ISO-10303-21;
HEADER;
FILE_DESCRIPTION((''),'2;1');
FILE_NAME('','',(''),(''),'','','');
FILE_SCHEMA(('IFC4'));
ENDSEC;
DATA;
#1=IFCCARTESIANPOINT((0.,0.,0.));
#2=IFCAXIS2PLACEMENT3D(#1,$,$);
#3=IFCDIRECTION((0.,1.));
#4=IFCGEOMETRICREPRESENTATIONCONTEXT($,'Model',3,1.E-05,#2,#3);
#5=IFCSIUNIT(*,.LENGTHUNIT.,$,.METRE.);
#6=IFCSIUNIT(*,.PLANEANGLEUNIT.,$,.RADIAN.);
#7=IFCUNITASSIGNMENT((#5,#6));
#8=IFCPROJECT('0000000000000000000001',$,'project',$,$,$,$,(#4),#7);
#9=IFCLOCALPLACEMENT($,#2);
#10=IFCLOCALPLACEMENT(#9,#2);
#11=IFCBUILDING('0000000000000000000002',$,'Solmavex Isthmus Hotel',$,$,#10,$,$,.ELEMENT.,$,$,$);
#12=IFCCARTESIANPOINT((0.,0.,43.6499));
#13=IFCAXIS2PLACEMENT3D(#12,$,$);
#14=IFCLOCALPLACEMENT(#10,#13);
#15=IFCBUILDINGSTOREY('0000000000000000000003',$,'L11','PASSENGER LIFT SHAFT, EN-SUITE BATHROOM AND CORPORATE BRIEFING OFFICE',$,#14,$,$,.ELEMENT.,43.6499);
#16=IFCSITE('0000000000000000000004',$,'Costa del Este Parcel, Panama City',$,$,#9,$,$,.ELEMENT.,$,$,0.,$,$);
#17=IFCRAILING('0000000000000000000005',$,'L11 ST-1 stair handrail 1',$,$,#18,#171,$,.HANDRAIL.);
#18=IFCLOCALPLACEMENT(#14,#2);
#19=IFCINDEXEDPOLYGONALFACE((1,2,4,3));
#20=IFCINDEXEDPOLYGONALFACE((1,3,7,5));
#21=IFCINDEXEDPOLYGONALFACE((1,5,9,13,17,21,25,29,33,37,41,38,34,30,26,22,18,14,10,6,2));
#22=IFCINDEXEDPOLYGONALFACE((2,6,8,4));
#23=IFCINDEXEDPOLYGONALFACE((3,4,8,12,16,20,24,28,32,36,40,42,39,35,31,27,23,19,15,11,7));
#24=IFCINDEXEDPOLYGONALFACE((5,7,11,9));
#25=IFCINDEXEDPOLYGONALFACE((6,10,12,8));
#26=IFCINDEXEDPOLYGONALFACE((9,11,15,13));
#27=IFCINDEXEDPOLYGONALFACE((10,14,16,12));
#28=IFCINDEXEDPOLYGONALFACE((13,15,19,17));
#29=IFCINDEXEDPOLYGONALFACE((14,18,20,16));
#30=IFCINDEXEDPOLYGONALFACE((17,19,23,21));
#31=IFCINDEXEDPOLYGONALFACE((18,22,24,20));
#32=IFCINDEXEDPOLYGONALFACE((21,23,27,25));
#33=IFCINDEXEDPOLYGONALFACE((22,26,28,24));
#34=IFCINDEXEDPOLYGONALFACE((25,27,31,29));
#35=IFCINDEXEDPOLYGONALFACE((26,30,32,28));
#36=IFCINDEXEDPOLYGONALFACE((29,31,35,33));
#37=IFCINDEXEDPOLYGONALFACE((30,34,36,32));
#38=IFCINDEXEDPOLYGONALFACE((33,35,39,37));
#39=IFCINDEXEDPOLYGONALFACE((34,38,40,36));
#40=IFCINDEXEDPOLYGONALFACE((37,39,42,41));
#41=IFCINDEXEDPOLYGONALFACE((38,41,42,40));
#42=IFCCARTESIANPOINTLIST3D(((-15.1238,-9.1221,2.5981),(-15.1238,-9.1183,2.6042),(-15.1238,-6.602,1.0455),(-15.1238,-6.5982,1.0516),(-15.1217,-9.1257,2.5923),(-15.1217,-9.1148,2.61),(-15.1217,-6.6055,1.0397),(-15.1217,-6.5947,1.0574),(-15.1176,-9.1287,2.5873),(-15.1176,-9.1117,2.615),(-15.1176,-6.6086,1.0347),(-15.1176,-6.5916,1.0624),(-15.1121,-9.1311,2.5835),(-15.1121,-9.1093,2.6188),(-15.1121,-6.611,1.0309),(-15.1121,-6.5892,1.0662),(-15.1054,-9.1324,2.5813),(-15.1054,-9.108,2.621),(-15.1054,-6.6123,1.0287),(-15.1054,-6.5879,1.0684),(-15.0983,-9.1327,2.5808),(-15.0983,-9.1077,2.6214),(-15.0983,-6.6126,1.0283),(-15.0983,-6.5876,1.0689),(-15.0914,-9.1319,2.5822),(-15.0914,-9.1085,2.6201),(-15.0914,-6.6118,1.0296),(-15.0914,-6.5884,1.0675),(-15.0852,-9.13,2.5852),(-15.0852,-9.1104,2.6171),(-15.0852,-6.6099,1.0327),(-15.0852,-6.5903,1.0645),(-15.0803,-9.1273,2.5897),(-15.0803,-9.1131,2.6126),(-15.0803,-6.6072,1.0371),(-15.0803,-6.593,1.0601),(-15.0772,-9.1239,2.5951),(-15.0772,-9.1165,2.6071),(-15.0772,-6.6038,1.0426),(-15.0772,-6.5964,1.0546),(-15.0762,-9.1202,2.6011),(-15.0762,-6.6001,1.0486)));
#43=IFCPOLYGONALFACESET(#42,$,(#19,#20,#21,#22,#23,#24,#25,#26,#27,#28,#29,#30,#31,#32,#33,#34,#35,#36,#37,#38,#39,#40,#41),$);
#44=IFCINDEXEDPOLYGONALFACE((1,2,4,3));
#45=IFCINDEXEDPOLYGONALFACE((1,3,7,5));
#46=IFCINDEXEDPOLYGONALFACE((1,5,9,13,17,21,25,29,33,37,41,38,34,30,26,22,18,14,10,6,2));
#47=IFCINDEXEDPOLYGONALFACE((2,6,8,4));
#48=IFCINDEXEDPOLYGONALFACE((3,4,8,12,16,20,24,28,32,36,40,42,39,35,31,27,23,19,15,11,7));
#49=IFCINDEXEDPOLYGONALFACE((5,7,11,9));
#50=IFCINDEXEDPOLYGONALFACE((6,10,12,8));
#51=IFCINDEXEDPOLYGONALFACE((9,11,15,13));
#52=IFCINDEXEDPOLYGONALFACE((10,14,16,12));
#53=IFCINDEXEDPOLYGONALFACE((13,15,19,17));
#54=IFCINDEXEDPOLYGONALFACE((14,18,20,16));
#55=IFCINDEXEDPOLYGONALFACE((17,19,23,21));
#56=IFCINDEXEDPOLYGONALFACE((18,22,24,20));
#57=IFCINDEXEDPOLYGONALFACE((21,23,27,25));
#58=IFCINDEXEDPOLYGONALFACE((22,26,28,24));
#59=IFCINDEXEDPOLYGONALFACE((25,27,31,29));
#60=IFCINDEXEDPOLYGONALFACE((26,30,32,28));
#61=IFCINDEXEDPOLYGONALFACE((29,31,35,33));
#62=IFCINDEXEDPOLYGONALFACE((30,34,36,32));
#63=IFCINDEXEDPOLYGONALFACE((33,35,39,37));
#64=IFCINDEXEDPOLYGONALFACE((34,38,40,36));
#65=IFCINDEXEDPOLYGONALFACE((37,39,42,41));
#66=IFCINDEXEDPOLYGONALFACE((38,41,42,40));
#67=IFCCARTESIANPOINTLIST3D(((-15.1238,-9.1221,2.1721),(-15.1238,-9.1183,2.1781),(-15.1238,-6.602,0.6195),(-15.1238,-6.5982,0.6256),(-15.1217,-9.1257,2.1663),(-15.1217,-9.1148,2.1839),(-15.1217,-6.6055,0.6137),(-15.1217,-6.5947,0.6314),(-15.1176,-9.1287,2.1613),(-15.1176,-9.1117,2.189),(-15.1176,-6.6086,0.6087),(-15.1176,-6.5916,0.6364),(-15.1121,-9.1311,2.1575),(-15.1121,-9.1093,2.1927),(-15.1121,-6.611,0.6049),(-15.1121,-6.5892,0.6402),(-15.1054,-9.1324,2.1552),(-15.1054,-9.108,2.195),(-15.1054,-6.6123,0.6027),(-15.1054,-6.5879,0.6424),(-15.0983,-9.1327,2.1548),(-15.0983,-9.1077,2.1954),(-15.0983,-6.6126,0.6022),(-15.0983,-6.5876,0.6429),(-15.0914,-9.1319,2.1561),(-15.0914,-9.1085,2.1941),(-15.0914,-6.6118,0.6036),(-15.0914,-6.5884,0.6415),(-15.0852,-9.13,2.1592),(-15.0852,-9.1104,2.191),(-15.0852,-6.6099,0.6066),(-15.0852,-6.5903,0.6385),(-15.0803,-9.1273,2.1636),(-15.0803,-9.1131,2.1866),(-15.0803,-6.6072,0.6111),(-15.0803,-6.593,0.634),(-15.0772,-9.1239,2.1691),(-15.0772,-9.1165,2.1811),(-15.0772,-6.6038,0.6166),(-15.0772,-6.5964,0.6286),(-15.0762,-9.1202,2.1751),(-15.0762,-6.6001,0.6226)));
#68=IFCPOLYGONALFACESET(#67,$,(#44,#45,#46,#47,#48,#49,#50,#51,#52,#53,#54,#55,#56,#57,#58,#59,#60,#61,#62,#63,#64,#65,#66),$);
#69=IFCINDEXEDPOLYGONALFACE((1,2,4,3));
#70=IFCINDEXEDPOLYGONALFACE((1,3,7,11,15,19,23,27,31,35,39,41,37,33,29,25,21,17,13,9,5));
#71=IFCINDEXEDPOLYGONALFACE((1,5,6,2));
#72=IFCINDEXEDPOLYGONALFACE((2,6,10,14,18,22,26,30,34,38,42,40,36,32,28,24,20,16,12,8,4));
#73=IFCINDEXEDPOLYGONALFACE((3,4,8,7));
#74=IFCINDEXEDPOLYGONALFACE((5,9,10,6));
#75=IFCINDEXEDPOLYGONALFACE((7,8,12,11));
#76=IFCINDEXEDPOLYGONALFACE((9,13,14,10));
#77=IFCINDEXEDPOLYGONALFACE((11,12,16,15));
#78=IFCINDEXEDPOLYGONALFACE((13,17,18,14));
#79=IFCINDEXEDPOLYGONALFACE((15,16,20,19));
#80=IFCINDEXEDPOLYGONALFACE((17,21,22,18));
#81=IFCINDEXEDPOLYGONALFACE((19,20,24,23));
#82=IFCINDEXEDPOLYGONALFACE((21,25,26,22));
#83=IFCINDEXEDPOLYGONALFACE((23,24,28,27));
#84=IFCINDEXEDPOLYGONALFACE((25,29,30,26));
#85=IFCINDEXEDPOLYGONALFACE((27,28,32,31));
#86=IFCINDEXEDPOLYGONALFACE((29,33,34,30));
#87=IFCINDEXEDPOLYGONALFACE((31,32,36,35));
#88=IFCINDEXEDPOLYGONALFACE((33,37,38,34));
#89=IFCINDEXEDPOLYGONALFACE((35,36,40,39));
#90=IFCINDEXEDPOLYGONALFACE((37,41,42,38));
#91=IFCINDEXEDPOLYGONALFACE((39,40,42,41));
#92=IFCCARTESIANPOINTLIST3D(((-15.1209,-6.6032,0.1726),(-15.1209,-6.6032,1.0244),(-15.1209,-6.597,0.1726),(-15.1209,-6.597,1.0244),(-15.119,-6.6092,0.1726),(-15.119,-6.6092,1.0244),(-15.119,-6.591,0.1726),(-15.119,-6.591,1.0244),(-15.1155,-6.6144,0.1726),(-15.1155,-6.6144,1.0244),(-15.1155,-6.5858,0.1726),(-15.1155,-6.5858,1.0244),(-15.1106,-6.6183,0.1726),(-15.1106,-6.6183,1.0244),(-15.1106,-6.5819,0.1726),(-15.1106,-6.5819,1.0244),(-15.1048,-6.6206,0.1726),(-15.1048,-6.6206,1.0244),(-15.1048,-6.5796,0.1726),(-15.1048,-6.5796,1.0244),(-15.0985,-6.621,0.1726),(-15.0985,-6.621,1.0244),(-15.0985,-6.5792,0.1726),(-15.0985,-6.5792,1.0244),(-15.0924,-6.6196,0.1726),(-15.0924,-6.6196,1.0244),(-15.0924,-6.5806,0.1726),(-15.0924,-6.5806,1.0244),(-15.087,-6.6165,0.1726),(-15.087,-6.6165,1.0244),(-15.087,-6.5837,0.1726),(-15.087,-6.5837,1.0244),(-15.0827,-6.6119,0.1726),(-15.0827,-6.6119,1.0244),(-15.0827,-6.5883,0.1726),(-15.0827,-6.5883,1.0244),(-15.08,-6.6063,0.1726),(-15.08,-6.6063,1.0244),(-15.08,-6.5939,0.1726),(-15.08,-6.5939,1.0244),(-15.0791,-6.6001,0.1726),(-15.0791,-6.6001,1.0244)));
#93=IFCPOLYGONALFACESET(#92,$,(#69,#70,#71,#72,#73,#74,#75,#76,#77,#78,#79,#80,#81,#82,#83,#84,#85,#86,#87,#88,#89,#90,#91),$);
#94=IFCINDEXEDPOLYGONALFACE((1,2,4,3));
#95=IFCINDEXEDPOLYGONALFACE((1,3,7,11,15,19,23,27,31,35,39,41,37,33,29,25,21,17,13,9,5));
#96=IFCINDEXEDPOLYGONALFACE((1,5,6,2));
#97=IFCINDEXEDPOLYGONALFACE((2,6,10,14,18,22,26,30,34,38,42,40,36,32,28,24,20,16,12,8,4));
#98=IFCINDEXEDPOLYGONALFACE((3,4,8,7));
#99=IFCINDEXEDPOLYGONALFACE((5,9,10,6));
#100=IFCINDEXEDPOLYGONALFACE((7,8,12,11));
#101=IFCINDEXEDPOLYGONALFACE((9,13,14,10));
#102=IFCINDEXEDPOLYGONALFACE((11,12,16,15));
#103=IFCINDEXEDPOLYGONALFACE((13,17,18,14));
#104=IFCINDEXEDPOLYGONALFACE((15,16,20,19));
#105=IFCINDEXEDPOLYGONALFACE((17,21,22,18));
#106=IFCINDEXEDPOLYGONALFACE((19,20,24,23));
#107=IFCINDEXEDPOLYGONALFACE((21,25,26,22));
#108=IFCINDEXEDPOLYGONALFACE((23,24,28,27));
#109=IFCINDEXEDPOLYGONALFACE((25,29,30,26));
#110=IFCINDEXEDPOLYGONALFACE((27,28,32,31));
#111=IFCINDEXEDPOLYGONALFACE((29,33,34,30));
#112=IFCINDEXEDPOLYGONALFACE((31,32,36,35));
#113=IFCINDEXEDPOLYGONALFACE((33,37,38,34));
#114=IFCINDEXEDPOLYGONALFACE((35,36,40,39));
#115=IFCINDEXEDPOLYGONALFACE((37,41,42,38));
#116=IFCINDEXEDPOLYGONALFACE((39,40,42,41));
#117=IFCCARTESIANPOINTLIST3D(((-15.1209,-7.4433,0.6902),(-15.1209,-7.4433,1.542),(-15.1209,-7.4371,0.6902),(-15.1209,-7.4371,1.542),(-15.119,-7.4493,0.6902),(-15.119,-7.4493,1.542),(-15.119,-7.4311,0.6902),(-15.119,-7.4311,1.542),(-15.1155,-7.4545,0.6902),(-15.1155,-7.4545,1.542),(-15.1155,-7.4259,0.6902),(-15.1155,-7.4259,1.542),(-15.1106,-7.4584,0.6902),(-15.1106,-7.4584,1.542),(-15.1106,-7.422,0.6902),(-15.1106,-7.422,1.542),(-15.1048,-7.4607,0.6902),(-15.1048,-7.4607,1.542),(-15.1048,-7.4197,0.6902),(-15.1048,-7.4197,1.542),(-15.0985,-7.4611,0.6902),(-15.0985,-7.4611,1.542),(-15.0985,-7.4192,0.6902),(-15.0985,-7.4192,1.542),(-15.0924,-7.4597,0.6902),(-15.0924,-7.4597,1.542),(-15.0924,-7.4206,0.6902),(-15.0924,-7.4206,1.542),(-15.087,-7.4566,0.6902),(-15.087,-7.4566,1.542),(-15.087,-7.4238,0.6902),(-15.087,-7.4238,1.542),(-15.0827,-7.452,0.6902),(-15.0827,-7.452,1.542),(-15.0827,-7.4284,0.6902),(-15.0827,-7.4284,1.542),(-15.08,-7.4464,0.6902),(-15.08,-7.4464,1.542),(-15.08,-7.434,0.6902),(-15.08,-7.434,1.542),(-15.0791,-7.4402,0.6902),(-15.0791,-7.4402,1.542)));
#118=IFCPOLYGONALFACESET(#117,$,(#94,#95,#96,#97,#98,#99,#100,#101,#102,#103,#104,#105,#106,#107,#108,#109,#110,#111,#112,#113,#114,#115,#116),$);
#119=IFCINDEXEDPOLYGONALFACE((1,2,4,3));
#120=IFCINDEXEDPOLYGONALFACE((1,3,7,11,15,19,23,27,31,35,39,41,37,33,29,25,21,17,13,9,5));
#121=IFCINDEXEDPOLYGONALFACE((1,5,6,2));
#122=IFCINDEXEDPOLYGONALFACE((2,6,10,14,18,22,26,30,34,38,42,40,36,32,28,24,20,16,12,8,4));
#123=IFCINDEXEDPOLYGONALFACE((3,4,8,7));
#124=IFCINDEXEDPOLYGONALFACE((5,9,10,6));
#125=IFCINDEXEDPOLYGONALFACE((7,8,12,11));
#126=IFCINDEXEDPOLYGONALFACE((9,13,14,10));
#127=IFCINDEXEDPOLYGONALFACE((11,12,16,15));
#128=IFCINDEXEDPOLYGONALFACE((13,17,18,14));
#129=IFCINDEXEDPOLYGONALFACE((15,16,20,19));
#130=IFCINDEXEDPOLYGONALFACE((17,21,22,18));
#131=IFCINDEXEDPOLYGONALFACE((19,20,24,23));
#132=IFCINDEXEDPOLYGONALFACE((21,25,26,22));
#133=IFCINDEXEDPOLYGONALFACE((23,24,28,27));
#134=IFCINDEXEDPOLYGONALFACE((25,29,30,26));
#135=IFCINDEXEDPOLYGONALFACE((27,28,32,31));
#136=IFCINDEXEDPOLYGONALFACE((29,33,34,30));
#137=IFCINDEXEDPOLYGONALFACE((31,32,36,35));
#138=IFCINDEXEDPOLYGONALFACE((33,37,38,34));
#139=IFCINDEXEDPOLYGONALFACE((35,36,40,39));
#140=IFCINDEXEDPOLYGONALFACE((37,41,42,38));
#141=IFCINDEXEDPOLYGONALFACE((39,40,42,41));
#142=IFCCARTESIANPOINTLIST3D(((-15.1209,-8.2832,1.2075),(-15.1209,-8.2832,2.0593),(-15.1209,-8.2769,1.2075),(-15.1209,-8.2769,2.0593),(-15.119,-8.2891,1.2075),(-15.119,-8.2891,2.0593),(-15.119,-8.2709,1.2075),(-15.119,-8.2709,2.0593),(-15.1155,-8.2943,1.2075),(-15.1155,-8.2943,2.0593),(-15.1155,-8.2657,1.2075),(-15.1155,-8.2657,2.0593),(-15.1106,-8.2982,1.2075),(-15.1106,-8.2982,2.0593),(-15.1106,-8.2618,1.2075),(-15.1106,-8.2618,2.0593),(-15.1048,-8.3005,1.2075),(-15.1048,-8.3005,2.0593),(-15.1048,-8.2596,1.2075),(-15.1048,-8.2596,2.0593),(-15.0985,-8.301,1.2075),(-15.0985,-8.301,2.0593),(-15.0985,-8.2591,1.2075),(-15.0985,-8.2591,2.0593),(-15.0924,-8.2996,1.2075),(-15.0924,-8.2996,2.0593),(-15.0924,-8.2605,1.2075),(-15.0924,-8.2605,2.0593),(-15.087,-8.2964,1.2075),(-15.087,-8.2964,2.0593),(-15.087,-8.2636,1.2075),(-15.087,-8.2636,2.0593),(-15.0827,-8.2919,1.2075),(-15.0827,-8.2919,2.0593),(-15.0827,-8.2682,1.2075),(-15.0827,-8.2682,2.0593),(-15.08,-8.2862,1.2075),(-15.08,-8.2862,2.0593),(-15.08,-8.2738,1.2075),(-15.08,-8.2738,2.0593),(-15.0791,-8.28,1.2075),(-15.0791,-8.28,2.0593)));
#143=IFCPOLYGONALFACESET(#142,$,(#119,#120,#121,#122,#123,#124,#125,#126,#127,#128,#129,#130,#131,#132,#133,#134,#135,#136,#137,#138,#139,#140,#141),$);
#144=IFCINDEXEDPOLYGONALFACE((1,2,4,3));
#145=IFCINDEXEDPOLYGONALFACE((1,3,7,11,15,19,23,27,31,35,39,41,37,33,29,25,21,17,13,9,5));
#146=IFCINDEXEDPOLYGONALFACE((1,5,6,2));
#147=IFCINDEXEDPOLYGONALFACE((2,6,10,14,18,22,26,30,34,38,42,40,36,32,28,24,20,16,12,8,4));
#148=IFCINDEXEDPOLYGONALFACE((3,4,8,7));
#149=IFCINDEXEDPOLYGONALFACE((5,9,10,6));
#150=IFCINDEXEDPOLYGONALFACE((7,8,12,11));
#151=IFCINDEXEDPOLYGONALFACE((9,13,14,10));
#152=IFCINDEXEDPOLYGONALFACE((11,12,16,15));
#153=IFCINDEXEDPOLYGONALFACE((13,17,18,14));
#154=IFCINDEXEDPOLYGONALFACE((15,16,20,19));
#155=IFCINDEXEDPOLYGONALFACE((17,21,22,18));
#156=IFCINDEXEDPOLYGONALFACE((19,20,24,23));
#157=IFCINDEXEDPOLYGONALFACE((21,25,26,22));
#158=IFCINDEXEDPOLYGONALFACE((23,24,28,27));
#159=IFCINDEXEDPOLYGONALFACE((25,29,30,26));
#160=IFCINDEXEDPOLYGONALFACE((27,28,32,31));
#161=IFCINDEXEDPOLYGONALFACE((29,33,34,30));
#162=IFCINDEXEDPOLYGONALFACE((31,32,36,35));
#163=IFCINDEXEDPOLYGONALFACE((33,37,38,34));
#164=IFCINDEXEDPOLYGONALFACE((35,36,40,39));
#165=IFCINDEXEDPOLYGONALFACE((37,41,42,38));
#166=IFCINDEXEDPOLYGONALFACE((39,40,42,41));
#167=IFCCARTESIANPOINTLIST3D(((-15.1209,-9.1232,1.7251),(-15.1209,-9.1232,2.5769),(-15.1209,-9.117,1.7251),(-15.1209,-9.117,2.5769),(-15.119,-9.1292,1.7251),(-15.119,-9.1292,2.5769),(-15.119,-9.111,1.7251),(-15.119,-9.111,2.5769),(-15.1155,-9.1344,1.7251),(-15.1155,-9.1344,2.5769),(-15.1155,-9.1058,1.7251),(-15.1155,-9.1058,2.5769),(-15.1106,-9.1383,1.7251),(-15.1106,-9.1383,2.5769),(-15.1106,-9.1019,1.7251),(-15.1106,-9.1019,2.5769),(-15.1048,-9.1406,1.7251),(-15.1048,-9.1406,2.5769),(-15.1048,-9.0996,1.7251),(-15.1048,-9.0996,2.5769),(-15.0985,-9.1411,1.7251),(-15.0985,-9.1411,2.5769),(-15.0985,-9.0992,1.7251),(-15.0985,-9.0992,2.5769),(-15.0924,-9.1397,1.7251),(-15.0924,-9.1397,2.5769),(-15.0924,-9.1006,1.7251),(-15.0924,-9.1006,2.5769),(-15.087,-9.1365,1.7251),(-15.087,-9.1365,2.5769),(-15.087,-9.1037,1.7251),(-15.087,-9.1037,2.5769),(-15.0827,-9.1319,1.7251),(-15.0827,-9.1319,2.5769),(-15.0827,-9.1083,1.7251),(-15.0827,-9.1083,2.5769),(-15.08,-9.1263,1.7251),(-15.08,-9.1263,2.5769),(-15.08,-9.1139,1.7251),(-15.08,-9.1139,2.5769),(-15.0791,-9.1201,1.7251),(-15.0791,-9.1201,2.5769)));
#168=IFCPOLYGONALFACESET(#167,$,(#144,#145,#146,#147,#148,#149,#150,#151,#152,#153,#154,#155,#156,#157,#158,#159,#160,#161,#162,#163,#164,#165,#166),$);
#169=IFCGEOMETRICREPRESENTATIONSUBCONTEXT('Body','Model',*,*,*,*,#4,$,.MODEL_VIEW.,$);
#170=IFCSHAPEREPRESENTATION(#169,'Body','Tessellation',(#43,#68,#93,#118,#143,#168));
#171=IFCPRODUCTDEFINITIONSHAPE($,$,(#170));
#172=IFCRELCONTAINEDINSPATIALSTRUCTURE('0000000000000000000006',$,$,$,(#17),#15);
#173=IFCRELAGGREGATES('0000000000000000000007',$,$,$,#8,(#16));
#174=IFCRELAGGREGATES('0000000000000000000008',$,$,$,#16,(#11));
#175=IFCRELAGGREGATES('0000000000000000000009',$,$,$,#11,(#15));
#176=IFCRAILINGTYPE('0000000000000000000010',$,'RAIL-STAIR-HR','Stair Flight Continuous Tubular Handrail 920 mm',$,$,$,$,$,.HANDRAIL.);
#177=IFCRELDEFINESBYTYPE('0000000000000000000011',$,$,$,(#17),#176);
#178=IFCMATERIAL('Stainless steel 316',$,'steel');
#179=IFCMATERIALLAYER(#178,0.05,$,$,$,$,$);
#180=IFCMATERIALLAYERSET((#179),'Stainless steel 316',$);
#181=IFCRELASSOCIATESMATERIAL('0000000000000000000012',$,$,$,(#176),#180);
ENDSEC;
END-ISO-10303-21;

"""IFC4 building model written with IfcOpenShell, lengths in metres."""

from ifc_helpers import new_model, si_unit, direction, frame, origin, origin_2d, place, context, subcontext, project, spatial, circle, extrude, material, layer, layer_set, type_object, element, save


model = new_model("IFC4")

# Units and contexts
model_context = context("Model", 3, precision=1e-05, world=origin(), true_north=direction((0.0, 1.0)))
body_context = subcontext(model_context, "Body", "Model", "MODEL_VIEW")
ifc_project = project(units=[si_unit("LENGTHUNIT", "METRE"), si_unit("PLANEANGLEUNIT", "RADIAN")], contexts=[model_context])

# Site, building, storey
site_placement = place(None, origin())
site = spatial("IfcSite", under=ifc_project, at=site_placement, Name="Costa del Este Parcel, Panama City", CompositionType="ELEMENT", RefElevation=0.0)
building_placement = place(site_placement, origin())
building = spatial("IfcBuilding", under=site, at=building_placement, Name="Solmavex Isthmus Hotel", CompositionType="ELEMENT")
storey_placement = place(building_placement, frame((0.0, 0.0, 43.6499)))
storey = spatial("IfcBuildingStorey", under=building, at=storey_placement, Name="L11", Description="PASSENGER LIFT SHAFT, EN-SUITE BATHROOM AND CORPORATE BRIEFING OFFICE", CompositionType="ELEMENT", Elevation=43.6499)

# Railing
ifc_material_1 = material(Name="Stainless steel 316", Category="steel")
ifc_layer_1 = layer(ifc_material_1, 0.05)
ifc_layer_set_1 = layer_set([ifc_layer_1], Name="Stainless steel 316")
railing_type = type_object("IfcRailingType", Name="RAIL-STAIR-HR", Description="Stair Flight Continuous Tubular Handrail 920 mm", PredefinedType="HANDRAIL", material=ifc_layer_set_1)
railing_placement = place(storey_placement, frame((-15.1001, -6.6001, 0.1726)))
element("IfcRailing", 1, at=railing_placement, inside=storey, type_object=railing_type, Name="L11 ST-1 stair handrail 1", PredefinedType="HANDRAIL", context=body_context, shape_type="SweptSolid", body=[
    extrude(circle(Radius=0.0239, at=origin_2d()), frame((0.0, 0.0, 0.876), z_axis=(0.0, -0.8514, 0.524516), x_axis=(1.0, 0.0, 0.0)), (0.0, 0.0, 1.0), 2.96),
    extrude(circle(Radius=0.0239, at=origin_2d()), frame((0.0, 0.0, 0.45), z_axis=(0.0, -0.8514, 0.524516), x_axis=(1.0, 0.0, 0.0)), (0.0, 0.0, 1.0), 2.96),
    extrude(circle(Radius=0.021, at=origin_2d()), origin(), (0.0, 0.0, 1.0), 0.8518),
    extrude(circle(Radius=0.021, at=origin_2d()), frame((0.0, -0.8401, 0.5176)), (0.0, 0.0, 1.0), 0.8518),
    extrude(circle(Radius=0.021, at=origin_2d()), frame((0.0, -1.6799, 1.0349)), (0.0, 0.0, 1.0), 0.8518),
    extrude(circle(Radius=0.021, at=origin_2d()), frame((0.0, -2.52, 1.5525)), (0.0, 0.0, 1.0), 0.8518),
])

save(model, "model.ifc")
